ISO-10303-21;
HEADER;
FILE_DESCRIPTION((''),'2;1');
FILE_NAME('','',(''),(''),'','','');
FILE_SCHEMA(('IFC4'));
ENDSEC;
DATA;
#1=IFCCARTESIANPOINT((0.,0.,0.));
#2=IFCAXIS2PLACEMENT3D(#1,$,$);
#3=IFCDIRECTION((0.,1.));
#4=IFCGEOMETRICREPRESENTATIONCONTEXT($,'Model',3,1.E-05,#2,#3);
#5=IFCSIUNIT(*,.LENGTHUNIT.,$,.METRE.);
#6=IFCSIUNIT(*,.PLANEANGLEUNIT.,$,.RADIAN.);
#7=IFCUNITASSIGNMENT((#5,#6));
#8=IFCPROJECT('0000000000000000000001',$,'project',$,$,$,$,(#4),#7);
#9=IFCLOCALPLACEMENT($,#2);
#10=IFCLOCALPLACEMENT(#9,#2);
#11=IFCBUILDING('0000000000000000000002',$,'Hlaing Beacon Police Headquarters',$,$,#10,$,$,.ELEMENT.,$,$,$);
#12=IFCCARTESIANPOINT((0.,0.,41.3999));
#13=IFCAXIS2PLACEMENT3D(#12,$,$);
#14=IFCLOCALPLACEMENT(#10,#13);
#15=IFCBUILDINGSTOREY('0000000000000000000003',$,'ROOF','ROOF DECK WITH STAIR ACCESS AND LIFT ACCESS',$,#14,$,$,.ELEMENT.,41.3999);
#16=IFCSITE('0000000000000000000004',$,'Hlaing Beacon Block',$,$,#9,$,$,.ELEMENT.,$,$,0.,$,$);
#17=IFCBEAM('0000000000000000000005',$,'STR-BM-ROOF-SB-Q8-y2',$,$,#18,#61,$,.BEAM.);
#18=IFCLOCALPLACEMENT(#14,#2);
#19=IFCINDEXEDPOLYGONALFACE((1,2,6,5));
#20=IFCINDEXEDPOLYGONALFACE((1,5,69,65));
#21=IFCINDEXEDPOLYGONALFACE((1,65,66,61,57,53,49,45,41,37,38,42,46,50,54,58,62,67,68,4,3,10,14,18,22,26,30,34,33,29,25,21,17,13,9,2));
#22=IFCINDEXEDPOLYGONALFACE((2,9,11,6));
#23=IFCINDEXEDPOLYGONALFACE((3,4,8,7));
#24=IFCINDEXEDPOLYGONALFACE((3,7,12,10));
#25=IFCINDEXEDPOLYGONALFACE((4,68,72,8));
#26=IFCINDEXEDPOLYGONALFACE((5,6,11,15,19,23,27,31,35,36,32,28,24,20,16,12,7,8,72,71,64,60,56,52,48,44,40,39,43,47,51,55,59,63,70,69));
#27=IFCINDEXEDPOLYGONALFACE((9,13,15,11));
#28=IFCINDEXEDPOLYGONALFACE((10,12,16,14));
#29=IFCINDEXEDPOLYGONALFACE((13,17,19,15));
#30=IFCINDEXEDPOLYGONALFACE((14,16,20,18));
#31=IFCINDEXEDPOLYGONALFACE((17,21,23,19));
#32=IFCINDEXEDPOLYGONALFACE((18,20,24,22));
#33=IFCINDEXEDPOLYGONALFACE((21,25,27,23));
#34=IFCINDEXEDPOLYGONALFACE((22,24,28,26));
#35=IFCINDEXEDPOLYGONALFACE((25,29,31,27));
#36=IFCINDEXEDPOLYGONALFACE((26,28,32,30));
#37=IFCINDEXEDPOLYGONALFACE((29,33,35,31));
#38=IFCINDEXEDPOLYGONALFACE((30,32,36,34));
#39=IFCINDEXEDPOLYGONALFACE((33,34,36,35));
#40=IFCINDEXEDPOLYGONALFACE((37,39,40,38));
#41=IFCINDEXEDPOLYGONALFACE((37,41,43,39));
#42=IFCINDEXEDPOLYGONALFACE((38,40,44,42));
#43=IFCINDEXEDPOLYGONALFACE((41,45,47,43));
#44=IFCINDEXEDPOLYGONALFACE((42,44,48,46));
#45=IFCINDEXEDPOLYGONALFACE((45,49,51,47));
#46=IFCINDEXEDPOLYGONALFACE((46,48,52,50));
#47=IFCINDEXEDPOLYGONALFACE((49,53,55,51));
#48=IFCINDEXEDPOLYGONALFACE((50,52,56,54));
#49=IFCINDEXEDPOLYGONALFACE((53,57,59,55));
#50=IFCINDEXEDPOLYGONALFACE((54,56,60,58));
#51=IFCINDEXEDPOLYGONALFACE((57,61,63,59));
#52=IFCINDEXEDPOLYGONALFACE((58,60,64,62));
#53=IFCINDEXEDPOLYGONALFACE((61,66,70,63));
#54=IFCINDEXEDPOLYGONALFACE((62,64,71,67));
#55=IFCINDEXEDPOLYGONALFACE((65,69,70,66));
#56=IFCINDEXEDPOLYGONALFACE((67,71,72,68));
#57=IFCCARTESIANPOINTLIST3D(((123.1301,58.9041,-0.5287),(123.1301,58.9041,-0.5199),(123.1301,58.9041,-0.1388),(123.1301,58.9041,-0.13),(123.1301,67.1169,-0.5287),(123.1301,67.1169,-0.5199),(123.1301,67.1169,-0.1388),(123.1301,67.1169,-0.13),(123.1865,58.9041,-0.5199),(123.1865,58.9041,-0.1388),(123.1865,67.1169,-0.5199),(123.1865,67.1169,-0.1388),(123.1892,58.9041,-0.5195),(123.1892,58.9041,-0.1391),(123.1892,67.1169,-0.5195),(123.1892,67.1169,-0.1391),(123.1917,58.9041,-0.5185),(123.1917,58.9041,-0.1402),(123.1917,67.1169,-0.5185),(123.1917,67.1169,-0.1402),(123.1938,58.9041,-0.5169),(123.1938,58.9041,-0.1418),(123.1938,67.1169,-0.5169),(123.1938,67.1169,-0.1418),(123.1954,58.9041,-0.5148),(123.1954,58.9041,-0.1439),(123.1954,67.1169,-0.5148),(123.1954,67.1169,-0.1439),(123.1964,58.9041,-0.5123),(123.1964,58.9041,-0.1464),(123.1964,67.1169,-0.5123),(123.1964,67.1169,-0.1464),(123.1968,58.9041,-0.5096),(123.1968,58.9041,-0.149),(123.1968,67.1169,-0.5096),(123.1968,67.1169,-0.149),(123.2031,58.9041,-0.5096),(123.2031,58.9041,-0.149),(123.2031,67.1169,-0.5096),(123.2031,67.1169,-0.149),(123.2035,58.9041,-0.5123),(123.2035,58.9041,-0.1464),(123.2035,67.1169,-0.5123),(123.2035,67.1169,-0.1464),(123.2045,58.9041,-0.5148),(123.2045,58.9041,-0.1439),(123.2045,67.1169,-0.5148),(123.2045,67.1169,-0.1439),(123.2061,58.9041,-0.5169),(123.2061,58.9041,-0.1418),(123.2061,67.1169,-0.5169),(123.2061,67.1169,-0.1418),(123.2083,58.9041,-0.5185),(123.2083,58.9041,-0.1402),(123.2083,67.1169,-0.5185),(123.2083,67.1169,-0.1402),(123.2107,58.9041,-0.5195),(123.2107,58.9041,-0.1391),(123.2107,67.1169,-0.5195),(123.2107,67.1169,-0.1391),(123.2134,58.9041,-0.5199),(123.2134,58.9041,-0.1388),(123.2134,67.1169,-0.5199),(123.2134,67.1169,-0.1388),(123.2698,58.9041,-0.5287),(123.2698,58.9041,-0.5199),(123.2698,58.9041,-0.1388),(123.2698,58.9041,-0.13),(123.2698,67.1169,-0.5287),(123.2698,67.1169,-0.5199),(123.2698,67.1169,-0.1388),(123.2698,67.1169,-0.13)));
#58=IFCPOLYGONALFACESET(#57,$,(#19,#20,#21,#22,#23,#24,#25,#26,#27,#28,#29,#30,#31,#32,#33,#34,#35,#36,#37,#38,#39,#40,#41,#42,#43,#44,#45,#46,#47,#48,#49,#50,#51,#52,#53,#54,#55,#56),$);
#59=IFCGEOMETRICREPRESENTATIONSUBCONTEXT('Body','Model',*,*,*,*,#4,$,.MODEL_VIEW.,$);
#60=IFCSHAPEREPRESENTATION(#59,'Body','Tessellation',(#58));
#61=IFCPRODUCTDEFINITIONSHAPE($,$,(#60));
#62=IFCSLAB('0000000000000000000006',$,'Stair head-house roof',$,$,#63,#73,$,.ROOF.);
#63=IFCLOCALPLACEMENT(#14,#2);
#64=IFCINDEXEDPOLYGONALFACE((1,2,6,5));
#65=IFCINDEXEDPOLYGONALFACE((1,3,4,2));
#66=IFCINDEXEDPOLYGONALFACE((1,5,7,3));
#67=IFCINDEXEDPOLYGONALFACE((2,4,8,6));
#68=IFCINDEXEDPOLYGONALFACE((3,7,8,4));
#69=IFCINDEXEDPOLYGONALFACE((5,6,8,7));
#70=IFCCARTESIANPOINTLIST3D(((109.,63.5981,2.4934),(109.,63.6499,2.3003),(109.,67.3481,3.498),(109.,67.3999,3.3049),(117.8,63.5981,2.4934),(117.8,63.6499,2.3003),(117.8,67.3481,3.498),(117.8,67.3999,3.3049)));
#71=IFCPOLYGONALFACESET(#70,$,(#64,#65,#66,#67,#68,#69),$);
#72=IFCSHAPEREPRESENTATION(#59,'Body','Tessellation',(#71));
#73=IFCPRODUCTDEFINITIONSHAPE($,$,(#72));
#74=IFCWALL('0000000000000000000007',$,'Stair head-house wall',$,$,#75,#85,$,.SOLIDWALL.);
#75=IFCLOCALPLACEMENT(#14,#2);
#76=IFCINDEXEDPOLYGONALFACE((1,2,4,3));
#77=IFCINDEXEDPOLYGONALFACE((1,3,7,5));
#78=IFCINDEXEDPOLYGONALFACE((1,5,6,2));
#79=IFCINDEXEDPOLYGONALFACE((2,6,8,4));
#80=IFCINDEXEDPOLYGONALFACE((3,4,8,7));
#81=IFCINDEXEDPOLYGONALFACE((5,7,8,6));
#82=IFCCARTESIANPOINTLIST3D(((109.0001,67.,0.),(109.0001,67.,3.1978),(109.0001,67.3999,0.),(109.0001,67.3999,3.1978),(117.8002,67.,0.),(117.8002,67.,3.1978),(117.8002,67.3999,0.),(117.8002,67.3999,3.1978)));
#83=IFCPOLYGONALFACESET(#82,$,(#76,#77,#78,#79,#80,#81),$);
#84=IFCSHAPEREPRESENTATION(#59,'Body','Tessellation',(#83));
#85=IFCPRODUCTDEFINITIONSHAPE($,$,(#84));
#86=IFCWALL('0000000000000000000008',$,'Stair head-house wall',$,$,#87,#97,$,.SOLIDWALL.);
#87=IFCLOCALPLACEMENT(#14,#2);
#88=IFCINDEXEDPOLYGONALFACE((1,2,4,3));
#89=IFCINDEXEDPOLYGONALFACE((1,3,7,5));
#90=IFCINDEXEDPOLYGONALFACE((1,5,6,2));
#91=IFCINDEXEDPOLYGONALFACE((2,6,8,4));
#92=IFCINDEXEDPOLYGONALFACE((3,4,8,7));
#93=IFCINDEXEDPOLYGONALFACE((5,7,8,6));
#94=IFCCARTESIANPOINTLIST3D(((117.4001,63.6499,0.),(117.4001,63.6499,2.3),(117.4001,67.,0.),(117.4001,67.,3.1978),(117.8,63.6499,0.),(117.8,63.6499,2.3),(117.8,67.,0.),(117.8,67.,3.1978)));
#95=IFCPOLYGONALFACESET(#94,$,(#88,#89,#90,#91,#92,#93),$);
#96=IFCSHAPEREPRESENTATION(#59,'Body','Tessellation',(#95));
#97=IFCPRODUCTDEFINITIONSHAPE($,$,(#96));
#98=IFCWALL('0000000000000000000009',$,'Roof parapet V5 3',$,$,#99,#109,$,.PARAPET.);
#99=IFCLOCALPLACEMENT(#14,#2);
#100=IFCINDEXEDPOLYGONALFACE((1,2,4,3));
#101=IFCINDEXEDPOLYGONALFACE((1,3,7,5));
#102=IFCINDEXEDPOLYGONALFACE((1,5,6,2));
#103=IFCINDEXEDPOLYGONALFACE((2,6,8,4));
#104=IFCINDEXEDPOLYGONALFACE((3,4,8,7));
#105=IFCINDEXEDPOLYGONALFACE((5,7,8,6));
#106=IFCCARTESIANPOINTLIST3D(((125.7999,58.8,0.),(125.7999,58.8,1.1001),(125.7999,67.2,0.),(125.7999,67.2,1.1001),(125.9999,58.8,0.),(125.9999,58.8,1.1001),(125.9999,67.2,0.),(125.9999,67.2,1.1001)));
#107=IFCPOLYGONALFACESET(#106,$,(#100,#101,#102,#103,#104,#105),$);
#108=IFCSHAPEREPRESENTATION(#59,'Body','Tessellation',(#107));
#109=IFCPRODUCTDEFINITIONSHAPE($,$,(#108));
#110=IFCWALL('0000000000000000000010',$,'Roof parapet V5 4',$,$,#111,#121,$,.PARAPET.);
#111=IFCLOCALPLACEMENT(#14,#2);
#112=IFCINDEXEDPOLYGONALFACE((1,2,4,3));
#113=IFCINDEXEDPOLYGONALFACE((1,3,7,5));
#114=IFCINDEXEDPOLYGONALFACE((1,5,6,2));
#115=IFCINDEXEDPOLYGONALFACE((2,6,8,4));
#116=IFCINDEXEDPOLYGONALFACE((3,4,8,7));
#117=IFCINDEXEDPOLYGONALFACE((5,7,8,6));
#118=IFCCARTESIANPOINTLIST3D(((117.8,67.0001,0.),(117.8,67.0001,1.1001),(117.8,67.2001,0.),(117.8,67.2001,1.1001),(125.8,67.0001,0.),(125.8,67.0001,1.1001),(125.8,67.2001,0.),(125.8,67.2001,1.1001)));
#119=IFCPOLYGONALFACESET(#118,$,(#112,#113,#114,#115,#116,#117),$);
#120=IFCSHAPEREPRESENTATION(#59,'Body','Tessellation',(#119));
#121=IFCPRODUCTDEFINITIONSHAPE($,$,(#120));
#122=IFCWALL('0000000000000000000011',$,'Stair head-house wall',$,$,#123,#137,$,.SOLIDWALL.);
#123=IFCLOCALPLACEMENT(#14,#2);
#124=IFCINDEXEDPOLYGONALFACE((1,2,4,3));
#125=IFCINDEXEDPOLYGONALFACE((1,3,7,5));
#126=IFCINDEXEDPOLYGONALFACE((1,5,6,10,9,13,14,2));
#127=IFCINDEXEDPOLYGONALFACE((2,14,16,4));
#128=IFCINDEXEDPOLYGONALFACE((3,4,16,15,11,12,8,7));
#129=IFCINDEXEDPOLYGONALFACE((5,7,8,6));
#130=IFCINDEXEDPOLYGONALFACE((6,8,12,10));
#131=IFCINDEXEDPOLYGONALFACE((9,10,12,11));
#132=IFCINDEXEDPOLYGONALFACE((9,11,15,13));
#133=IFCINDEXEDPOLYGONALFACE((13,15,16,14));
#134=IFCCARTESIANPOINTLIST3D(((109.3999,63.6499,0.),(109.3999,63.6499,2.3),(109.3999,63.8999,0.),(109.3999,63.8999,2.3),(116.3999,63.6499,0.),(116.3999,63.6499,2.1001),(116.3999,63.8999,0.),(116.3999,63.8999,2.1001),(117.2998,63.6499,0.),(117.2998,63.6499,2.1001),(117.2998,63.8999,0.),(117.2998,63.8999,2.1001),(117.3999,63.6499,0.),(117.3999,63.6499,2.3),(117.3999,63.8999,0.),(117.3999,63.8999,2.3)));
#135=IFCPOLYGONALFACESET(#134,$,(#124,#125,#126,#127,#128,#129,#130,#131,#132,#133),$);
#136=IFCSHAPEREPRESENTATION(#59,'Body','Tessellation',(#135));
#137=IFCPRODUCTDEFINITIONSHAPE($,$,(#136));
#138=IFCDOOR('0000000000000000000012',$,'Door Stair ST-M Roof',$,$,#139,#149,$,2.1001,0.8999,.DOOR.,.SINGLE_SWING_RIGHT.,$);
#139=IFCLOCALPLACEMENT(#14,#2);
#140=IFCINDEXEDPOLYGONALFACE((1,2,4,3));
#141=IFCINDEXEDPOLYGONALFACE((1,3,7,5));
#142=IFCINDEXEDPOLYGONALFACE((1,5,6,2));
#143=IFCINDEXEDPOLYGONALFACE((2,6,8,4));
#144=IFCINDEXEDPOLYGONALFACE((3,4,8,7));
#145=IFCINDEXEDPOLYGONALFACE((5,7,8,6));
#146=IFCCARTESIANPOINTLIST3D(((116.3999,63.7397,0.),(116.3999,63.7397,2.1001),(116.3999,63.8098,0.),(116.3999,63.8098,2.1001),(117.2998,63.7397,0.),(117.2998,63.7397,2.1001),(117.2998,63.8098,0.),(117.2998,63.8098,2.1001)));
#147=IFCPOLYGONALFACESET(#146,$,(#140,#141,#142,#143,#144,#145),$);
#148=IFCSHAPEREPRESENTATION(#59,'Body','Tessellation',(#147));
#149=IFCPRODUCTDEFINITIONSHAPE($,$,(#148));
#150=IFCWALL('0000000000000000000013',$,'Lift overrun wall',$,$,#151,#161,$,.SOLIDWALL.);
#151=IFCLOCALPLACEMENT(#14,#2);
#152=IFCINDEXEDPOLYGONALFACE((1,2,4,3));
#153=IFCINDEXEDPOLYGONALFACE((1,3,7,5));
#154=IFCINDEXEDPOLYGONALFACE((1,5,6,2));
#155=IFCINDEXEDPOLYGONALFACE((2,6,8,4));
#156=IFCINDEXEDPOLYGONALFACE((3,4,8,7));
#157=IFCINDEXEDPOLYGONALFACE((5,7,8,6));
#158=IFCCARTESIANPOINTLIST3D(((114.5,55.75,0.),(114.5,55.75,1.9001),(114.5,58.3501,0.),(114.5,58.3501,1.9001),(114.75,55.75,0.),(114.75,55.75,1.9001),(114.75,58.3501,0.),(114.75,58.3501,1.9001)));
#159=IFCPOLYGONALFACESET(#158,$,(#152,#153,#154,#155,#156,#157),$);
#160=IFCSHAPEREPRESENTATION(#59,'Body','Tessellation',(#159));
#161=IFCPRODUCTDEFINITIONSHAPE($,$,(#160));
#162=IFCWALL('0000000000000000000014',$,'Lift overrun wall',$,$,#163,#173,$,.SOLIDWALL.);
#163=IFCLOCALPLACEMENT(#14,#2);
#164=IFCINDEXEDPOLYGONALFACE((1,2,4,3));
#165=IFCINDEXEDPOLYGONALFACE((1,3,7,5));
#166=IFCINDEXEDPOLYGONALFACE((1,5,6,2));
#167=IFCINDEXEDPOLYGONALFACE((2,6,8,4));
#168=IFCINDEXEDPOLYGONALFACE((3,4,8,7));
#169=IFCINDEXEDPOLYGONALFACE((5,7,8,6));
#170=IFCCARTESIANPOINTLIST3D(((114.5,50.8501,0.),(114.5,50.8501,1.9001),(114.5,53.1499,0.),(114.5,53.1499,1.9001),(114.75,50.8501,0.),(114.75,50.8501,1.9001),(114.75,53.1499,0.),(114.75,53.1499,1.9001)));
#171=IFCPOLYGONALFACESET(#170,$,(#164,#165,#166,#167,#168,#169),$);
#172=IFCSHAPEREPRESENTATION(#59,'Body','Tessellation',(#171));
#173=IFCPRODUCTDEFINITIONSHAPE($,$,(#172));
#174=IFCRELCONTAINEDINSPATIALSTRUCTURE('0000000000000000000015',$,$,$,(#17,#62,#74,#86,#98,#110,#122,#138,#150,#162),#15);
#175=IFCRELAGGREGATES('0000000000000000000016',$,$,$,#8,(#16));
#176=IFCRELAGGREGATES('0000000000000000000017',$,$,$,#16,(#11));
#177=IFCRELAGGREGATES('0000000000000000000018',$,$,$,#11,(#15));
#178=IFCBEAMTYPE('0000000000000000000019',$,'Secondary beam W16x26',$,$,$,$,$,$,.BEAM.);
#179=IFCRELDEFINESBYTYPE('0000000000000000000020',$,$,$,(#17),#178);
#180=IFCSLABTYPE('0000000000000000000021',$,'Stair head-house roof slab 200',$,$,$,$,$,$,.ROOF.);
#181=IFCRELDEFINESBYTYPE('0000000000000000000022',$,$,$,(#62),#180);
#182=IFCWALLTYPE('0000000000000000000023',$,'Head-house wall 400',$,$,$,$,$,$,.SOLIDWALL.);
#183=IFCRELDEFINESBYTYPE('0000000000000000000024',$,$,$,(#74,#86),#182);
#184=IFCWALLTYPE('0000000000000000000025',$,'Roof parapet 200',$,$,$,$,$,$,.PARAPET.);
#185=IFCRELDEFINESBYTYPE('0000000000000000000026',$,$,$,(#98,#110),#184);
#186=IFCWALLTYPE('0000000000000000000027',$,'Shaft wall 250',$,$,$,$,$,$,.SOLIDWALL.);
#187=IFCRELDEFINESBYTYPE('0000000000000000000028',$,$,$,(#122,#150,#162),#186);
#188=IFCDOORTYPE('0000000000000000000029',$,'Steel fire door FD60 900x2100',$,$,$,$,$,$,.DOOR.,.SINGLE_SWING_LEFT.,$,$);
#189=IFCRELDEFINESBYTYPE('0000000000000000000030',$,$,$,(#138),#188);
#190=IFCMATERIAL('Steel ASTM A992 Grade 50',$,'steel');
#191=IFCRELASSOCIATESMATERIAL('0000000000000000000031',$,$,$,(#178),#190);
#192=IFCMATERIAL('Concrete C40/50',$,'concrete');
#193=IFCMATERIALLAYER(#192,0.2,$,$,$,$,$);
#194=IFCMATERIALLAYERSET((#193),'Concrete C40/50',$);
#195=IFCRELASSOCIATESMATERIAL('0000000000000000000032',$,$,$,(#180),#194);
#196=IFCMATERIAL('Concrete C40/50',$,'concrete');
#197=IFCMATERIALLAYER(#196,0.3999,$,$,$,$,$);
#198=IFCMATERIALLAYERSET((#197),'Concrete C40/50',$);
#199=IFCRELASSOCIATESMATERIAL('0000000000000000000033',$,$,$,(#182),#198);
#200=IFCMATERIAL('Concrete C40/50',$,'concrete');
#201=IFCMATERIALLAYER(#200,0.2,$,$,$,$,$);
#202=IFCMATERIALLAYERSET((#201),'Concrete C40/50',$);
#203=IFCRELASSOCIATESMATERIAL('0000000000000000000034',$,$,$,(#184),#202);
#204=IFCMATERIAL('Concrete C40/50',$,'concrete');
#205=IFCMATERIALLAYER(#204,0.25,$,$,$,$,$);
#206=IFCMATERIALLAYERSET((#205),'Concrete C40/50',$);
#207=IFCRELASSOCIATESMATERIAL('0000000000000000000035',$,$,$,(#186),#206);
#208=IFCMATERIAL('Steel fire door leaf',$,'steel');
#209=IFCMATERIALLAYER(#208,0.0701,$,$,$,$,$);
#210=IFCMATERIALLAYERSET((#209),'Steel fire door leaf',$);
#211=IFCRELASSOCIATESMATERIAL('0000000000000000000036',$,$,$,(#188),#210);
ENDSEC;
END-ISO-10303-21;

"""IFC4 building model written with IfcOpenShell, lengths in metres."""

from ifc_helpers import new_model, si_unit, direction, frame, frame_2d, origin, origin_2d, place, context, subcontext, project, spatial, polyline, rectangle, i_section, outline, extrude, material, layer, layer_set, material_profile, profile_set, type_object, element, fill, save


model = new_model("IFC4")

# Units and contexts
model_context = context("Model", 3, precision=1e-05, world=origin(), true_north=direction((0.0, 1.0)))
body_context = subcontext(model_context, "Body", "Model", "MODEL_VIEW")
ifc_project = project(units=[si_unit("LENGTHUNIT", "METRE"), si_unit("PLANEANGLEUNIT", "RADIAN")], contexts=[model_context])

# Site, building, storey
site_placement = place(None, origin())
site = spatial("IfcSite", under=ifc_project, at=site_placement, Name="Hlaing Beacon Block", CompositionType="ELEMENT", RefElevation=0.0)
building_placement = place(site_placement, origin())
building = spatial("IfcBuilding", under=site, at=building_placement, Name="Hlaing Beacon Police Headquarters", CompositionType="ELEMENT")
storey_placement = place(building_placement, frame((0.0, 0.0, 41.3999)))
storey = spatial("IfcBuildingStorey", under=building, at=storey_placement, Name="ROOF", Description="ROOF DECK WITH STAIR ACCESS AND LIFT ACCESS", CompositionType="ELEMENT", Elevation=41.3999)

# Beam
ifc_material_1 = material(Name="Steel ASTM A992 Grade 50", Category="steel")
ifc_material_profile_1 = material_profile(ifc_material_1, i_section(OverallWidth=0.1396, OverallDepth=0.3987, WebThickness=0.0063, FlangeThickness=0.0088, FilletRadius=0.0103, at=origin_2d()), Name="W16x26")
ifc_profile_set_1 = profile_set([ifc_material_profile_1], Name="Steel ASTM A992 Grade 50")
beam_type_1 = type_object("IfcBeamType", Name="Secondary beam W16x26", PredefinedType="BEAM", material=ifc_profile_set_1)
for number, where, z_axis, x_axis, name in (
    (1, (123.2, 58.9041, -0.3293), (0.0, 1.0, 0.0), (-1.0, 0.0, 0.0), "STR-BM-ROOF-SB-Q8-y2"),
):
    element("IfcBeam", number, at=place(storey_placement, frame(where, z_axis=z_axis, x_axis=x_axis)), inside=storey, type_object=beam_type_1, Name=name, PredefinedType="BEAM", context=body_context, shape_type="SweptSolid", body=[
        extrude(i_section(OverallWidth=0.1396, OverallDepth=0.3987, WebThickness=0.0063, FlangeThickness=0.0088, FilletRadius=0.0103, at=origin_2d()), origin(), (0.0, 0.0, 1.0), 8.2129),
    ])

# Slab
ifc_material_2 = material(Name="Concrete C40/50", Category="concrete")
ifc_layer_1 = layer(ifc_material_2, 0.2)
ifc_layer_set_1 = layer_set([ifc_layer_1], Name="Concrete C40/50")
slab_type = type_object("IfcSlabType", Name="Stair head-house roof slab 200", PredefinedType="ROOF", material=ifc_layer_set_1)
slab_placement = place(storey_placement, frame((117.8, 67.3481, 3.498), z_axis=(0.0, -0.258778, 0.965937), x_axis=(-1.0, 0.0, 0.0)))
element("IfcSlab", 2, at=slab_placement, inside=storey, type_object=slab_type, Name="Stair head-house roof", PredefinedType="ROOF", context=body_context, shape_type="SweptSolid", body=[
    extrude(outline(polyline([(0.0, 0.0), (8.8, 0.0), (8.8, 3.8822), (0.0, 3.8822), (0.0, 0.0)])), origin(), (0.0, 0.0, -1.0), 0.2),
])

# Walls
ifc_material_3 = material(Name="Concrete C40/50", Category="concrete")
ifc_layer_2 = layer(ifc_material_3, 0.3999)
ifc_layer_set_2 = layer_set([ifc_layer_2], Name="Concrete C40/50")
wall_type_1 = type_object("IfcWallType", Name="Head-house wall 400", PredefinedType="SOLIDWALL", material=ifc_layer_set_2)
wall_1_placement = place(storey_placement, frame((117.8, 67.2, 0.0), z_axis=(0.0, 0.0, 1.0), x_axis=(-1.0, 0.0, 0.0)))
element("IfcWall", 3, at=wall_1_placement, inside=storey, type_object=wall_type_1, Name="Stair head-house wall", PredefinedType="SOLIDWALL", context=body_context, shape_type="SweptSolid", body=[
    extrude(rectangle(XDim=8.8, YDim=0.3999, at=frame_2d((4.3999, 0.0))), origin(), (0.0, 0.0, 1.0), 3.1978),
])
wall_2_placement = place(storey_placement, frame((117.6001, 67.0, 0.0), z_axis=(0.0, 0.0, 1.0), x_axis=(0.0, -1.0, 0.0)))
element("IfcWall", 4, at=wall_2_placement, inside=storey, type_object=wall_type_1, Name="Stair head-house wall", PredefinedType="SOLIDWALL", context=body_context, shape_type="SweptSolid", body=[
    extrude(outline(polyline([(0.0, 0.0), (3.3501, 0.0), (3.3501, 2.3), (0.0, 3.1978), (0.0, 0.0)])), frame((0.0, 0.2, 0.0), z_axis=(0.0, -1.0, 0.0), x_axis=(1.0, 0.0, 0.0)), (0.0, 0.0, 1.0), 0.3999),
])
ifc_material_4 = material(Name="Concrete C40/50", Category="concrete")
ifc_layer_3 = layer(ifc_material_4, 0.2)
ifc_layer_set_3 = layer_set([ifc_layer_3], Name="Concrete C40/50")
wall_type_2 = type_object("IfcWallType", Name="Roof parapet 200", PredefinedType="PARAPET", material=ifc_layer_set_3)
wall_3_placement = place(storey_placement, frame((125.8999, 58.8, 0.0), z_axis=(0.0, 0.0, 1.0), x_axis=(0.0, 1.0, 0.0)))
element("IfcWall", 5, at=wall_3_placement, inside=storey, type_object=wall_type_2, Name="Roof parapet V5 3", PredefinedType="PARAPET", context=body_context, shape_type="SweptSolid", body=[
    extrude(rectangle(XDim=8.3999, YDim=0.2, at=frame_2d((4.2, 0.0))), origin(), (0.0, 0.0, 1.0), 1.1001),
])
wall_4_placement = place(storey_placement, frame((125.8, 67.1001, 0.0), z_axis=(0.0, 0.0, 1.0), x_axis=(-1.0, 0.0, 0.0)))
element("IfcWall", 6, at=wall_4_placement, inside=storey, type_object=wall_type_2, Name="Roof parapet V5 4", PredefinedType="PARAPET", context=body_context, shape_type="SweptSolid", body=[
    extrude(rectangle(XDim=8.0, YDim=0.2, at=frame_2d((4.0, 0.0))), origin(), (0.0, 0.0, 1.0), 1.1001),
])

# Wall, opening, door
ifc_material_5 = material(Name="Concrete C40/50", Category="concrete")
ifc_layer_4 = layer(ifc_material_5, 0.25)
ifc_layer_set_4 = layer_set([ifc_layer_4], Name="Concrete C40/50")
wall_type_3 = type_object("IfcWallType", Name="Shaft wall 250", PredefinedType="SOLIDWALL", material=ifc_layer_set_4)
wall_5_placement = place(storey_placement, frame((117.3999, 63.7749, 0.0), z_axis=(0.0, 0.0, 1.0), x_axis=(-1.0, 0.0, 0.0)))
wall_5 = element("IfcWall", 7, at=wall_5_placement, inside=storey, type_object=wall_type_3, Name="Stair head-house wall", PredefinedType="SOLIDWALL", context=body_context, shape_type="SweptSolid", body=[
    extrude(rectangle(XDim=8.0, YDim=0.25, at=frame_2d((4.0, 0.0))), origin(), (0.0, 0.0, 1.0), 2.3),
])
opening_1_placement = place(wall_5_placement, frame((0.1001, 0.0, 0.0)))
opening_1 = element("IfcOpeningElement", 8, at=opening_1_placement, cuts=wall_5, PredefinedType="OPENING", context=body_context, shape_type="SweptSolid", body=[
    extrude(rectangle(XDim=0.8999, YDim=2.1001, at=frame_2d((0.45, 1.05))), frame((0.0, 0.135, 0.0), z_axis=(0.0, -1.0, 0.0), x_axis=(1.0, 0.0, 0.0)), (0.0, 0.0, 1.0), 0.27),
])
ifc_material_6 = material(Name="Steel fire door leaf", Category="steel")
ifc_layer_5 = layer(ifc_material_6, 0.0701)
ifc_layer_set_5 = layer_set([ifc_layer_5], Name="Steel fire door leaf")
door_type_1 = type_object("IfcDoorType", Name="Steel fire door FD60 900x2100", OperationType="SINGLE_SWING_LEFT", PredefinedType="DOOR", material=ifc_layer_set_5)
door_1_placement = place(opening_1_placement, origin())
door_1 = element("IfcDoor", 9, at=door_1_placement, inside=storey, type_object=door_type_1, Name="Door Stair ST-M Roof", OperationType="SINGLE_SWING_RIGHT", OverallHeight=2.1001, OverallWidth=0.8999, PredefinedType="DOOR", context=body_context, shape_type="SweptSolid", body=[
    extrude(rectangle(XDim=0.8999, YDim=2.1001, at=frame_2d((0.45, 1.05))), frame((0.0, 0.0352, 0.0), z_axis=(0.0, -1.0, 0.0), x_axis=(1.0, 0.0, 0.0)), (0.0, 0.0, 1.0), 0.0701),
])
fill(opening_1, door_1)

# Walls
wall_6_placement = place(storey_placement, frame((114.625, 55.75, 0.0), z_axis=(0.0, 0.0, 1.0), x_axis=(0.0, 1.0, 0.0)))
element("IfcWall", 10, at=wall_6_placement, inside=storey, type_object=wall_type_3, Name="Lift overrun wall", PredefinedType="SOLIDWALL", context=body_context, shape_type="SweptSolid", body=[
    extrude(rectangle(XDim=2.6001, YDim=0.25, at=frame_2d((1.3, 0.0))), origin(), (0.0, 0.0, 1.0), 1.9001),
])
wall_7_placement = place(storey_placement, frame((114.625, 50.8501, 0.0), z_axis=(0.0, 0.0, 1.0), x_axis=(0.0, 1.0, 0.0)))
element("IfcWall", 11, at=wall_7_placement, inside=storey, type_object=wall_type_3, Name="Lift overrun wall", PredefinedType="SOLIDWALL", context=body_context, shape_type="SweptSolid", body=[
    extrude(rectangle(XDim=2.2998, YDim=0.25, at=frame_2d((1.1499, 0.0))), origin(), (0.0, 0.0, 1.0), 1.9001),
])

save(model, "model.ifc")
